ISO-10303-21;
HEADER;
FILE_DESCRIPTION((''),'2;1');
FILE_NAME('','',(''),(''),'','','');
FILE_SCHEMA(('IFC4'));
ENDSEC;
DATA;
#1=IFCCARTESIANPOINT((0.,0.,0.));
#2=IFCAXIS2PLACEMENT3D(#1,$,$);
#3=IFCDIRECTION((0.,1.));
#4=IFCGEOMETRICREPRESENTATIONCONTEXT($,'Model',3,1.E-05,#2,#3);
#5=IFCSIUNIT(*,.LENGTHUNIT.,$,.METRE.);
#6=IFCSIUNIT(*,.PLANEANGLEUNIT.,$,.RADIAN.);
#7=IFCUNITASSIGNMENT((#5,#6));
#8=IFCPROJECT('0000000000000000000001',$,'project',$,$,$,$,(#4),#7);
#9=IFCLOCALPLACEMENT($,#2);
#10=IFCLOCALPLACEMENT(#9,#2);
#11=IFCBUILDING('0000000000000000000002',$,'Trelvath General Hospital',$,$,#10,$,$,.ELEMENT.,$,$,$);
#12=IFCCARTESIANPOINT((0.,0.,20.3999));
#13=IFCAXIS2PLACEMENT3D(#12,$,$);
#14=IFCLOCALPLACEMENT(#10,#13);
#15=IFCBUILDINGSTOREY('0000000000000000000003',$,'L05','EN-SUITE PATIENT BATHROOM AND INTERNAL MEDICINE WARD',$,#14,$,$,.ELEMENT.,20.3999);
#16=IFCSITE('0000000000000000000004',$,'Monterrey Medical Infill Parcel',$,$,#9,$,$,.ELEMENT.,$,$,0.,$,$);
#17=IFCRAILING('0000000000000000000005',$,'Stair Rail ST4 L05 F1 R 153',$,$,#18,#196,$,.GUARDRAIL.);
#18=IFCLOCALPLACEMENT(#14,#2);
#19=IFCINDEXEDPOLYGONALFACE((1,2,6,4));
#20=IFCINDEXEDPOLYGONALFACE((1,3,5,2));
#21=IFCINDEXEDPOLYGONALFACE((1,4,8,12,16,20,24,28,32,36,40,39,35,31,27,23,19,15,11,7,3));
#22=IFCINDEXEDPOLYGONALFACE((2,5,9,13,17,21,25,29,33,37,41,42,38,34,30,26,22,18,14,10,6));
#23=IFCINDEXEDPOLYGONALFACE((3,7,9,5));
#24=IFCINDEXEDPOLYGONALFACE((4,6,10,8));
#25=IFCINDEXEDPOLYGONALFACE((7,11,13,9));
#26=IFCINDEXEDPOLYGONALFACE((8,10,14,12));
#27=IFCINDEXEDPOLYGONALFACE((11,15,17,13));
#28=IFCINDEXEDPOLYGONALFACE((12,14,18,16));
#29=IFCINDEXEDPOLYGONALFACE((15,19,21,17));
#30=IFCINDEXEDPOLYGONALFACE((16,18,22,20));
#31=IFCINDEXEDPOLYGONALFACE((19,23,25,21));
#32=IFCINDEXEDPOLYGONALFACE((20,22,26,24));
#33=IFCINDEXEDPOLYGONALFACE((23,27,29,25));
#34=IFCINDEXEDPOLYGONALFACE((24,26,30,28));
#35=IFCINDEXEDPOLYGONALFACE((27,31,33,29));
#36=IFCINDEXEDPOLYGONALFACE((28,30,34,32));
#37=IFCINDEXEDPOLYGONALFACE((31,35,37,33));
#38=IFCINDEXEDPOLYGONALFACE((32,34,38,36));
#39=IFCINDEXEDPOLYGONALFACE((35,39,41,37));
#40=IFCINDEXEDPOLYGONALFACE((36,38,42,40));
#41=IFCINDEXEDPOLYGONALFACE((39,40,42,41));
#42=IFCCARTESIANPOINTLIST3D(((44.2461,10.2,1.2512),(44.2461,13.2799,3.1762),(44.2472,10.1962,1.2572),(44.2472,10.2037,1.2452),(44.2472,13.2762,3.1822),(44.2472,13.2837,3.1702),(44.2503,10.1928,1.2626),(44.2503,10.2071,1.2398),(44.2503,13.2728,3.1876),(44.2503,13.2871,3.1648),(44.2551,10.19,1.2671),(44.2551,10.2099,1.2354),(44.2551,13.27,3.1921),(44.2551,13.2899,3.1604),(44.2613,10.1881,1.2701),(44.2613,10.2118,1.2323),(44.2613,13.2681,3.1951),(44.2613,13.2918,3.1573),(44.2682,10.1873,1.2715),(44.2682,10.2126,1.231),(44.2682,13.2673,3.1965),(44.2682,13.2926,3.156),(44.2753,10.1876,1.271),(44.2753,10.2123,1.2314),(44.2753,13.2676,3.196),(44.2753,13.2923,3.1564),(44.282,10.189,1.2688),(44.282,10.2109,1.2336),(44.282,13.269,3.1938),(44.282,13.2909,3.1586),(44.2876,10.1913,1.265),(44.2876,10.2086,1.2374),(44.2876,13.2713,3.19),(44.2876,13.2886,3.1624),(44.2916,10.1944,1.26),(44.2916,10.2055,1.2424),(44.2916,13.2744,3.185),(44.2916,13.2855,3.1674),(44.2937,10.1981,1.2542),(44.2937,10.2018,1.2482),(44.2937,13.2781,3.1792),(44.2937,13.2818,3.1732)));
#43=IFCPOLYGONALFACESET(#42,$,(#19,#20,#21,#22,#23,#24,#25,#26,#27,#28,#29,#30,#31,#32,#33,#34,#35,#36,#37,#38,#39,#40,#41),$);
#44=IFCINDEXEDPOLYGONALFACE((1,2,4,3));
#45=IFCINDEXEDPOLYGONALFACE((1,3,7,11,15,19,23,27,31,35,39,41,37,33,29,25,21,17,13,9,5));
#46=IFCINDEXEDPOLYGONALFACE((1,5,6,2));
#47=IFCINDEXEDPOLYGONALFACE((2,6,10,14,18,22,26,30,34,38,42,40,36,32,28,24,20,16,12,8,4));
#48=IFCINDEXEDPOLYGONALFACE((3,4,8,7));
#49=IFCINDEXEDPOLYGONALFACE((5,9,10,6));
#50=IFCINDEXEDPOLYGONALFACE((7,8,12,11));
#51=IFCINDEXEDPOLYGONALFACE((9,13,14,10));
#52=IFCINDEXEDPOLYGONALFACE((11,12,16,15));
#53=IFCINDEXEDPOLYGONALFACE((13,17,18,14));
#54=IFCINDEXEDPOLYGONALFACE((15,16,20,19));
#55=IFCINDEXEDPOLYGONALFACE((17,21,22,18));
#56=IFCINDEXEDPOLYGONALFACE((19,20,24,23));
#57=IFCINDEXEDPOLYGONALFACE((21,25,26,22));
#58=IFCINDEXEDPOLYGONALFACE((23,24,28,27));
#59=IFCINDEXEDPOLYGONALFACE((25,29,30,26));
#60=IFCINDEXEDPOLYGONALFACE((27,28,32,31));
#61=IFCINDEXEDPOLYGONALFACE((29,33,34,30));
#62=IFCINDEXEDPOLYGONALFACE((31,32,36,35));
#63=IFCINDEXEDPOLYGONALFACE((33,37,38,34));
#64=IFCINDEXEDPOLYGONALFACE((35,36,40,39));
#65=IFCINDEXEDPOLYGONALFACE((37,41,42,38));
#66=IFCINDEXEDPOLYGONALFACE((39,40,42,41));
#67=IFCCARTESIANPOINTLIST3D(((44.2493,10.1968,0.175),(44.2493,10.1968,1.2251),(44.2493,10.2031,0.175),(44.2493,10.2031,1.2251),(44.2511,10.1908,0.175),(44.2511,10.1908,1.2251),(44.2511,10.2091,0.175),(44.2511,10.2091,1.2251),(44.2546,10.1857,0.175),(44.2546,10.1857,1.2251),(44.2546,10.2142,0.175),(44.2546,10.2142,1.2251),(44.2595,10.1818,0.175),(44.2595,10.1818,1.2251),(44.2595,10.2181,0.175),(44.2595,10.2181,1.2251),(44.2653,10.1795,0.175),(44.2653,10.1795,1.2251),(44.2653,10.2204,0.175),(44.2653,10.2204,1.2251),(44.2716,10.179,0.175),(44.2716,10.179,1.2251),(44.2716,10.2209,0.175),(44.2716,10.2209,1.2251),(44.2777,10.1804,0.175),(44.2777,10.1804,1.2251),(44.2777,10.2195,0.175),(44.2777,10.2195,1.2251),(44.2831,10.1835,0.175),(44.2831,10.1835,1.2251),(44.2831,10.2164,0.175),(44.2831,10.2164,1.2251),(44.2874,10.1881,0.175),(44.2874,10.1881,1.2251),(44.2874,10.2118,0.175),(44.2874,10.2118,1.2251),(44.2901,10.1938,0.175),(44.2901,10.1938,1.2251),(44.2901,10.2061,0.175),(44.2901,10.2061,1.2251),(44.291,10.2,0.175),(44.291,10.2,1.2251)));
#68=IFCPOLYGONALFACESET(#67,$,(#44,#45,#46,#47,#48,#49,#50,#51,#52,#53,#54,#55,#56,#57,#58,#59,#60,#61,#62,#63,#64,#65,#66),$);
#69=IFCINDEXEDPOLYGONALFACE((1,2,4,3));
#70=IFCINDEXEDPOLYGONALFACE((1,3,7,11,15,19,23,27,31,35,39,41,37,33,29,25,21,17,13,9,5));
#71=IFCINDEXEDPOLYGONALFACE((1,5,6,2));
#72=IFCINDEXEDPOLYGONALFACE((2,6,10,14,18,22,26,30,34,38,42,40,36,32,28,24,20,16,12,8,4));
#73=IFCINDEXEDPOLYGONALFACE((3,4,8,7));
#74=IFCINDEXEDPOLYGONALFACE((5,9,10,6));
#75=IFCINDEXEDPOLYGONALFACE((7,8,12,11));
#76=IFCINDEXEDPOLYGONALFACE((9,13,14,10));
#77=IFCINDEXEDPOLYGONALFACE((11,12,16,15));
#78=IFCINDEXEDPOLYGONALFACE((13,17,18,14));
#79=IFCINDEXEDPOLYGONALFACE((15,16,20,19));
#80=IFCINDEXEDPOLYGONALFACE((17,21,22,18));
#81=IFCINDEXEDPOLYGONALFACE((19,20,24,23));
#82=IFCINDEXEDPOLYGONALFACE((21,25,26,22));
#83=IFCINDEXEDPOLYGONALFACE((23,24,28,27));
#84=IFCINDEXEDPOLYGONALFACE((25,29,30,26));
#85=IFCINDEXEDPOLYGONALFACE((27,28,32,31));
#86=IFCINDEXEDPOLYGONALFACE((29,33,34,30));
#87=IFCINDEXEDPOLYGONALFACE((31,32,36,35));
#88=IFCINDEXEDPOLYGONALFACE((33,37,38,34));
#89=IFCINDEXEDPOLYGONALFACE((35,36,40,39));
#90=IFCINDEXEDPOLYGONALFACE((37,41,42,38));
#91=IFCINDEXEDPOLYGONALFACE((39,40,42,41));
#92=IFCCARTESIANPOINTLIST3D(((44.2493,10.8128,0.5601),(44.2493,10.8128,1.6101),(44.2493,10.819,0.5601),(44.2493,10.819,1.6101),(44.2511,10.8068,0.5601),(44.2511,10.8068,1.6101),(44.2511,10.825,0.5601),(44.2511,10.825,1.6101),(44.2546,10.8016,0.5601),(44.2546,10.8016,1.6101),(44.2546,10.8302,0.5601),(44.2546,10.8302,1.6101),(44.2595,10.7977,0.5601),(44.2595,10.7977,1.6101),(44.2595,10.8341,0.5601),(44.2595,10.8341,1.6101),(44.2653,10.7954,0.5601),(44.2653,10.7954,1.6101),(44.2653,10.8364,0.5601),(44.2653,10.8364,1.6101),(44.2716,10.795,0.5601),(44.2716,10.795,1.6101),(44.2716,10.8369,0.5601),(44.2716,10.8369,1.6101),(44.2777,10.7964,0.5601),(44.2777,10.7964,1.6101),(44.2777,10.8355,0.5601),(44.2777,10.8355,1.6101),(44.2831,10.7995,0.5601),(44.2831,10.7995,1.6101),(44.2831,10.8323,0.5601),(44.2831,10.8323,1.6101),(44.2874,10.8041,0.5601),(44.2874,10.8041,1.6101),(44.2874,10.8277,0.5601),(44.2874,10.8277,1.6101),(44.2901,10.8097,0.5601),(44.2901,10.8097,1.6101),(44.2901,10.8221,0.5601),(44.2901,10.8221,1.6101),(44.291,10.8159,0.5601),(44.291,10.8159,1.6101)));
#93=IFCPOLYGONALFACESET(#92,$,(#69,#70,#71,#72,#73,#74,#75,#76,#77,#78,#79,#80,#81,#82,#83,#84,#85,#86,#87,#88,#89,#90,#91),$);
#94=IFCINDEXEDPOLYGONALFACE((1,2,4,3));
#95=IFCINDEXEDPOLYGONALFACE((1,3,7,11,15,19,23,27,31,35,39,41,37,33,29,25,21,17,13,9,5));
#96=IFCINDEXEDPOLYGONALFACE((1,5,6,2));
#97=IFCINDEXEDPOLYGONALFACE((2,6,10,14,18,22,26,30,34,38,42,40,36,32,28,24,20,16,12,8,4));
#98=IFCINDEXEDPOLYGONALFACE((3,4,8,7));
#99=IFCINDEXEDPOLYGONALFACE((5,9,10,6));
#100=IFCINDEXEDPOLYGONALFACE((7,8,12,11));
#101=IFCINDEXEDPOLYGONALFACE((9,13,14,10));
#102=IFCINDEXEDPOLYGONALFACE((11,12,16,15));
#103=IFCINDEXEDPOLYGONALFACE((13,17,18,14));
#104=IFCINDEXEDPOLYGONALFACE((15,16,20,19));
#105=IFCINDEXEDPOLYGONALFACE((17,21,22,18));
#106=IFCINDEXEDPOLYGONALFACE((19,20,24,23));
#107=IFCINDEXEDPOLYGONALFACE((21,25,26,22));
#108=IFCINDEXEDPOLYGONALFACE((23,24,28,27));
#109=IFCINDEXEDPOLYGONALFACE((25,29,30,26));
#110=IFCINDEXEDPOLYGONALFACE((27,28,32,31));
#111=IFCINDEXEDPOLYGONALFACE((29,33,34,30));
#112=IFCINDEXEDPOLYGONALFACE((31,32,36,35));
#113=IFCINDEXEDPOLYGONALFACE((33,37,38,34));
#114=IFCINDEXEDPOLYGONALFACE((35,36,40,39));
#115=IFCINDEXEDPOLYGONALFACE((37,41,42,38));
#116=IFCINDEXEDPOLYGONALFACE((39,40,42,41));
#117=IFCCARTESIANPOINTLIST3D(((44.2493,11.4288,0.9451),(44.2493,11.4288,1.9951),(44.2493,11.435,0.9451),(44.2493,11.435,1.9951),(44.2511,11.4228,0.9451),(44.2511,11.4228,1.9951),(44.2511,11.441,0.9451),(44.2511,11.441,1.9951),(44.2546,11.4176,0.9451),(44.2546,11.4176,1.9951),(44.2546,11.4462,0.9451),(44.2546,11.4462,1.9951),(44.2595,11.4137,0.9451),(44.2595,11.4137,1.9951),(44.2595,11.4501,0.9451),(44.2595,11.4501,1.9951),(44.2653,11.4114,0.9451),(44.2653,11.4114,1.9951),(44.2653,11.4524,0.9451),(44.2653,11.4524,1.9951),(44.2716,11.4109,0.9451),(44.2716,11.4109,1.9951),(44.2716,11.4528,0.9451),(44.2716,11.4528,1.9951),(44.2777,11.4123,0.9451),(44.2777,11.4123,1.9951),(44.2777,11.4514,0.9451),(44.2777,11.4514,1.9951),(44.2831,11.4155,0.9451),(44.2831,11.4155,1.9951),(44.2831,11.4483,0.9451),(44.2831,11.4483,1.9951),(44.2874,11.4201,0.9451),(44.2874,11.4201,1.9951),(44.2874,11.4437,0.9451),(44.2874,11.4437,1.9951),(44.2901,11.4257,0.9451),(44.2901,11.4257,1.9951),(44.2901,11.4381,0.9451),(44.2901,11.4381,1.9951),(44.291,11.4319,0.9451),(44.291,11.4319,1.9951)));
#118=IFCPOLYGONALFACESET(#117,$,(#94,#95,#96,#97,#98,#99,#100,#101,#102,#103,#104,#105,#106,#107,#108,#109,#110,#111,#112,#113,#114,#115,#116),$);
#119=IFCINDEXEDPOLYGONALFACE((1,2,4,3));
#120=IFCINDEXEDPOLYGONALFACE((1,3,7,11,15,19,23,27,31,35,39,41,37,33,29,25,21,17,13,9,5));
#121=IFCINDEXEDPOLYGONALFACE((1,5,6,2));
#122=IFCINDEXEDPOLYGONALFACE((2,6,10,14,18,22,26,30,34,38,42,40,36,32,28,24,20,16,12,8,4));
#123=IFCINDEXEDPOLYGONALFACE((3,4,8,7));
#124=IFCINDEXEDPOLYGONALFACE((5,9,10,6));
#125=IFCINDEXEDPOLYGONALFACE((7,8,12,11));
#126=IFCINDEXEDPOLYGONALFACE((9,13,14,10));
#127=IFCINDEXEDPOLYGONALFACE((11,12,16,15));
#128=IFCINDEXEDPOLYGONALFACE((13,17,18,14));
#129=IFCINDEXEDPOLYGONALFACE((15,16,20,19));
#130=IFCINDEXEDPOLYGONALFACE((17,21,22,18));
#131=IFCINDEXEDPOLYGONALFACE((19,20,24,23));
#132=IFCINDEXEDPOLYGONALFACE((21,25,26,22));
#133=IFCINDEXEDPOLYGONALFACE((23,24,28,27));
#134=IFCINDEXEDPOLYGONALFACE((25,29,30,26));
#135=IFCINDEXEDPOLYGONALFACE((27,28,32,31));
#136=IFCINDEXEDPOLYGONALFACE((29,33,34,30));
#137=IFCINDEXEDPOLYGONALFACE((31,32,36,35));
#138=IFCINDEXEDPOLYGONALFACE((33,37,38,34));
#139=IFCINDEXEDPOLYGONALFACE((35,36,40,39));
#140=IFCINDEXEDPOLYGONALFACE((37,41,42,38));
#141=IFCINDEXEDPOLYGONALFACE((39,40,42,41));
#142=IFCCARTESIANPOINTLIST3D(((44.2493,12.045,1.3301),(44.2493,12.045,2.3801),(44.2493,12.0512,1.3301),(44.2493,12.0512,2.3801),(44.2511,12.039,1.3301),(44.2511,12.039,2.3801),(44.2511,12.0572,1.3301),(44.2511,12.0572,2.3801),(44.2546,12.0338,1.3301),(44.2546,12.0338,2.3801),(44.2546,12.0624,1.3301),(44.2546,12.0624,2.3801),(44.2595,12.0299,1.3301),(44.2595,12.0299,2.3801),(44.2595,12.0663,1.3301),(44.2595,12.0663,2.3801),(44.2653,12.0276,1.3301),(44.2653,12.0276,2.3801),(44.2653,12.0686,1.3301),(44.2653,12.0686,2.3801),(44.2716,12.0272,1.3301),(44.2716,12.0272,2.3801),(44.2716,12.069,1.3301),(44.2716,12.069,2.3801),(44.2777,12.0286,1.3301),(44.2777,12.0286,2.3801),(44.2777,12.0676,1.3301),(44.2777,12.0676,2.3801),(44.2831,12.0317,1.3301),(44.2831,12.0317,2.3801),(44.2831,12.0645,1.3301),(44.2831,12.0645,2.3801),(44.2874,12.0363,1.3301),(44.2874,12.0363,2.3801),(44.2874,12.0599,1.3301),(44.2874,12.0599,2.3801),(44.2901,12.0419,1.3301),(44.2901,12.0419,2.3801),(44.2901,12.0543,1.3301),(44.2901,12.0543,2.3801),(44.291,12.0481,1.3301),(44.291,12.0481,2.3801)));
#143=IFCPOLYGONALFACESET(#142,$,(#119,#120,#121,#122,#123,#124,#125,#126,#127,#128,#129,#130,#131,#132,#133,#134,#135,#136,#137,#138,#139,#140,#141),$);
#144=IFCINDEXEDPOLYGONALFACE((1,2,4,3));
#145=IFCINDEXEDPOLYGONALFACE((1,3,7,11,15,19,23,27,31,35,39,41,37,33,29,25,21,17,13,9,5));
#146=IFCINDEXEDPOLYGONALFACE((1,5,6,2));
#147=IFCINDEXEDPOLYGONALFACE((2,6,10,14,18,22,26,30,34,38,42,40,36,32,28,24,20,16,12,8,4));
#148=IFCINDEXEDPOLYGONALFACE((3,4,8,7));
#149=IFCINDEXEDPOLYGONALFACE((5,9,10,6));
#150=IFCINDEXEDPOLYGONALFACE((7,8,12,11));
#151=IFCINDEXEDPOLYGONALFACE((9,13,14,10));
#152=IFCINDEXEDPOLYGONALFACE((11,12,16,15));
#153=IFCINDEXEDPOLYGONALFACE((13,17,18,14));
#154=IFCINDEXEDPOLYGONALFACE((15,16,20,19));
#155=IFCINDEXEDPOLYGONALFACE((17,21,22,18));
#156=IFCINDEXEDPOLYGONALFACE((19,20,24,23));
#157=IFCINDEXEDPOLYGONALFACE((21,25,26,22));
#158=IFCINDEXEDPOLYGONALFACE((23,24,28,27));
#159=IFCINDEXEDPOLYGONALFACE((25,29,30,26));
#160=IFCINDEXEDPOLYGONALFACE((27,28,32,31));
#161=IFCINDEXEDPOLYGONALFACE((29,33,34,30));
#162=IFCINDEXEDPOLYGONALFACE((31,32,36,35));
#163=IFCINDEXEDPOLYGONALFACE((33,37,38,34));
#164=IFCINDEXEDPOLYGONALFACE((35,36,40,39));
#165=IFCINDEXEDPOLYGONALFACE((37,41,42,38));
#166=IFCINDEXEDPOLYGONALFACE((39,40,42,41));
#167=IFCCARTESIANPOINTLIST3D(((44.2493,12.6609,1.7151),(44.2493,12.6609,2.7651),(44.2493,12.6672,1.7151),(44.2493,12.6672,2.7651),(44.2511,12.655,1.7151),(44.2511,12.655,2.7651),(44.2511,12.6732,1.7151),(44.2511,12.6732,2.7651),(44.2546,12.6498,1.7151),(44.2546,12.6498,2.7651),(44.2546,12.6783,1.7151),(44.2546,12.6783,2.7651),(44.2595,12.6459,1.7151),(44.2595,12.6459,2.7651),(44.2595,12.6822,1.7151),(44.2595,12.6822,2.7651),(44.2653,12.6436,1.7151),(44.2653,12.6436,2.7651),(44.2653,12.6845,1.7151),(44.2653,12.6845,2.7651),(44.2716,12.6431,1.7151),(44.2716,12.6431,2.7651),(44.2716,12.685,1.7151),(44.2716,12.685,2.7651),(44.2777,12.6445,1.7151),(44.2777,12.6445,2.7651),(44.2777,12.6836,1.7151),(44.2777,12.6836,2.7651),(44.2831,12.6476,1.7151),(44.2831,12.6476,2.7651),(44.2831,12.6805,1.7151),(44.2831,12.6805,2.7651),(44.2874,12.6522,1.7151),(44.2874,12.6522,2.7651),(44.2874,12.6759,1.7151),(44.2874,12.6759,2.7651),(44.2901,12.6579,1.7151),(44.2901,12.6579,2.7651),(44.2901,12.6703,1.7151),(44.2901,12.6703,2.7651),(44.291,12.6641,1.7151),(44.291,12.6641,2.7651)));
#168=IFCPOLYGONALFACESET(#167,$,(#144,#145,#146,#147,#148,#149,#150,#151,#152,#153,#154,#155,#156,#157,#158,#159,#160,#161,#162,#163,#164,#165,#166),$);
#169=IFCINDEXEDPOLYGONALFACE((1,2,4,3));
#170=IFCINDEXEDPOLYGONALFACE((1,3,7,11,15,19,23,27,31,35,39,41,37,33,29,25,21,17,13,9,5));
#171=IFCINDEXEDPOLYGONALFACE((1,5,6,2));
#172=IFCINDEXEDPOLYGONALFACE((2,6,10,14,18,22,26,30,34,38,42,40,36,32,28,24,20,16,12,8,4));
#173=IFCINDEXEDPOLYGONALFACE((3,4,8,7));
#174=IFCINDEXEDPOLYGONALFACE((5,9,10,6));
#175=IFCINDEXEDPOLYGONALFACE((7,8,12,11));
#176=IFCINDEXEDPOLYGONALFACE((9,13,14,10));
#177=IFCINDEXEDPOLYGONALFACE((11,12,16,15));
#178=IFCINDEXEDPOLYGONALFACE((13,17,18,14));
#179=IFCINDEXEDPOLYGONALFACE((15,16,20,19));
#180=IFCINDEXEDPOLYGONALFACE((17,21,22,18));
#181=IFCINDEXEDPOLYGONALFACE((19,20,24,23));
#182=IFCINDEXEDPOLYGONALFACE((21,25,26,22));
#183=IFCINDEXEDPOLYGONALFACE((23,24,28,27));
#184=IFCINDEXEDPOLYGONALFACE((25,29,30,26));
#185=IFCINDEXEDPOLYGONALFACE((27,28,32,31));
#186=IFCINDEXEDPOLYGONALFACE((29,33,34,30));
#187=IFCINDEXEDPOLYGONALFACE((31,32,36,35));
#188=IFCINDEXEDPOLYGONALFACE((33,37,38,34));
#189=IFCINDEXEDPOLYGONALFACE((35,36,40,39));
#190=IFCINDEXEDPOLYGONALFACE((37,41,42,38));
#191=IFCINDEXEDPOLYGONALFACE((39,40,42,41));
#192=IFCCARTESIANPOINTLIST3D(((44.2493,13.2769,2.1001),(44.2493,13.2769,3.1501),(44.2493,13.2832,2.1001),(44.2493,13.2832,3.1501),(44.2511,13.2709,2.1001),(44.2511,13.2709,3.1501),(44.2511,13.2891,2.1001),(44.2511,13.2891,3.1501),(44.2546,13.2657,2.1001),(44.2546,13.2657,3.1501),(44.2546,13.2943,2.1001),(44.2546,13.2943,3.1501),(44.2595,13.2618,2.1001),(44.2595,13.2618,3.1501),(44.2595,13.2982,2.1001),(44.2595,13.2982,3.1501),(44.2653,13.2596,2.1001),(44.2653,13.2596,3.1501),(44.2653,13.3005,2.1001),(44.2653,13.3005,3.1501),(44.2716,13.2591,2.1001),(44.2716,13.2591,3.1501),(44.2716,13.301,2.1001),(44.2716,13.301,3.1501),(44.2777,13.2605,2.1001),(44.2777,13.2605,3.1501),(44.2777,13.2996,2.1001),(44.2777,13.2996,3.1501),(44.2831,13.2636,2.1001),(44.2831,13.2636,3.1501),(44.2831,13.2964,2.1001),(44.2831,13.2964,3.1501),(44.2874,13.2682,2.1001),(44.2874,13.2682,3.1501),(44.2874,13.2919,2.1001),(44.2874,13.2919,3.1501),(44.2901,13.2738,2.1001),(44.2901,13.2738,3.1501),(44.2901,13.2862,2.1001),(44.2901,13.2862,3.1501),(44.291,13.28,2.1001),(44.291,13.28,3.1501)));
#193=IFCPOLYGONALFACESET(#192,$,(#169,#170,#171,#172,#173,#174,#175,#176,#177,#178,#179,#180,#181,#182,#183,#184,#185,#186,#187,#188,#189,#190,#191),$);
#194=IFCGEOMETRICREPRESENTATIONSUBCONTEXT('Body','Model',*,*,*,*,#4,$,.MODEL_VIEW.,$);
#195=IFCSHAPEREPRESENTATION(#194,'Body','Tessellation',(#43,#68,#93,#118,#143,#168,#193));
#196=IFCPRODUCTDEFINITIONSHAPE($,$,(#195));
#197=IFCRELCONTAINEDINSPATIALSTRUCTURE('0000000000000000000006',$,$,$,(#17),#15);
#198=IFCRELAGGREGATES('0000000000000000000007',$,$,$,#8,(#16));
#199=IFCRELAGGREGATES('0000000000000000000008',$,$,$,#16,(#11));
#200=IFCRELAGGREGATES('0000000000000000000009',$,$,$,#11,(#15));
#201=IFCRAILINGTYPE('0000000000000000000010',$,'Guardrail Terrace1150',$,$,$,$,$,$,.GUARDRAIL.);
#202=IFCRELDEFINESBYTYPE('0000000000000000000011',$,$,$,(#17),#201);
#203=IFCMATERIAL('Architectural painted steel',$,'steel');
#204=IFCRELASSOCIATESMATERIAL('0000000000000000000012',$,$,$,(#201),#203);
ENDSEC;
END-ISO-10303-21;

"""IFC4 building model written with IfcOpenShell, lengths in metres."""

from ifc_helpers import new_model, si_unit, direction, frame, origin, origin_2d, place, context, subcontext, project, spatial, circle, extrude, material, type_object, element, save


model = new_model("IFC4")

# Units and contexts
model_context = context("Model", 3, precision=1e-05, world=origin(), true_north=direction((0.0, 1.0)))
body_context = subcontext(model_context, "Body", "Model", "MODEL_VIEW")
ifc_project = project(units=[si_unit("LENGTHUNIT", "METRE"), si_unit("PLANEANGLEUNIT", "RADIAN")], contexts=[model_context])

# Site, building, storey
site_placement = place(None, origin())
site = spatial("IfcSite", under=ifc_project, at=site_placement, Name="Monterrey Medical Infill Parcel", CompositionType="ELEMENT", RefElevation=0.0)
building_placement = place(site_placement, origin())
building = spatial("IfcBuilding", under=site, at=building_placement, Name="Trelvath General Hospital", CompositionType="ELEMENT")
storey_placement = place(building_placement, frame((0.0, 0.0, 20.3999)))
storey = spatial("IfcBuildingStorey", under=building, at=storey_placement, Name="L05", Description="EN-SUITE PATIENT BATHROOM AND INTERNAL MEDICINE WARD", CompositionType="ELEMENT", Elevation=20.3999)

# Railing
ifc_material_1 = material(Name="Architectural painted steel", Category="steel")
railing_type_1 = type_object("IfcRailingType", Name="Guardrail Terrace1150", PredefinedType="GUARDRAIL", material=ifc_material_1)
railing_1_placement = place(storey_placement, frame((44.27, 10.2, 0.175)))
element("IfcRailing", 1, at=railing_1_placement, inside=storey, type_object=railing_type_1, Name="Stair Rail ST4 L05 F1 R 153", PredefinedType="GUARDRAIL", context=body_context, shape_type="SweptSolid", body=[
    extrude(circle(Radius=0.0239, at=origin_2d()), frame((0.0, 0.0, 1.0762), z_axis=(0.0, 0.847998, 0.529999), x_axis=(-1.0, 0.0, 0.0)), (0.0, 0.0, 1.0), 3.6321),
    extrude(circle(Radius=0.021, at=origin_2d()), origin(), (0.0, 0.0, 1.0), 1.05),
    extrude(circle(Radius=0.021, at=origin_2d()), frame((0.0, 0.616, 0.385)), (0.0, 0.0, 1.0), 1.05),
    extrude(circle(Radius=0.021, at=origin_2d()), frame((0.0, 1.2319, 0.77)), (0.0, 0.0, 1.0), 1.05),
    extrude(circle(Radius=0.021, at=origin_2d()), frame((0.0, 1.8481, 1.155)), (0.0, 0.0, 1.0), 1.05),
    extrude(circle(Radius=0.021, at=origin_2d()), frame((0.0, 2.4641, 1.54)), (0.0, 0.0, 1.0), 1.05),
    extrude(circle(Radius=0.021, at=origin_2d()), frame((0.0, 3.0801, 1.925)), (0.0, 0.0, 1.0), 1.05),
])

save(model, "model.ifc")
